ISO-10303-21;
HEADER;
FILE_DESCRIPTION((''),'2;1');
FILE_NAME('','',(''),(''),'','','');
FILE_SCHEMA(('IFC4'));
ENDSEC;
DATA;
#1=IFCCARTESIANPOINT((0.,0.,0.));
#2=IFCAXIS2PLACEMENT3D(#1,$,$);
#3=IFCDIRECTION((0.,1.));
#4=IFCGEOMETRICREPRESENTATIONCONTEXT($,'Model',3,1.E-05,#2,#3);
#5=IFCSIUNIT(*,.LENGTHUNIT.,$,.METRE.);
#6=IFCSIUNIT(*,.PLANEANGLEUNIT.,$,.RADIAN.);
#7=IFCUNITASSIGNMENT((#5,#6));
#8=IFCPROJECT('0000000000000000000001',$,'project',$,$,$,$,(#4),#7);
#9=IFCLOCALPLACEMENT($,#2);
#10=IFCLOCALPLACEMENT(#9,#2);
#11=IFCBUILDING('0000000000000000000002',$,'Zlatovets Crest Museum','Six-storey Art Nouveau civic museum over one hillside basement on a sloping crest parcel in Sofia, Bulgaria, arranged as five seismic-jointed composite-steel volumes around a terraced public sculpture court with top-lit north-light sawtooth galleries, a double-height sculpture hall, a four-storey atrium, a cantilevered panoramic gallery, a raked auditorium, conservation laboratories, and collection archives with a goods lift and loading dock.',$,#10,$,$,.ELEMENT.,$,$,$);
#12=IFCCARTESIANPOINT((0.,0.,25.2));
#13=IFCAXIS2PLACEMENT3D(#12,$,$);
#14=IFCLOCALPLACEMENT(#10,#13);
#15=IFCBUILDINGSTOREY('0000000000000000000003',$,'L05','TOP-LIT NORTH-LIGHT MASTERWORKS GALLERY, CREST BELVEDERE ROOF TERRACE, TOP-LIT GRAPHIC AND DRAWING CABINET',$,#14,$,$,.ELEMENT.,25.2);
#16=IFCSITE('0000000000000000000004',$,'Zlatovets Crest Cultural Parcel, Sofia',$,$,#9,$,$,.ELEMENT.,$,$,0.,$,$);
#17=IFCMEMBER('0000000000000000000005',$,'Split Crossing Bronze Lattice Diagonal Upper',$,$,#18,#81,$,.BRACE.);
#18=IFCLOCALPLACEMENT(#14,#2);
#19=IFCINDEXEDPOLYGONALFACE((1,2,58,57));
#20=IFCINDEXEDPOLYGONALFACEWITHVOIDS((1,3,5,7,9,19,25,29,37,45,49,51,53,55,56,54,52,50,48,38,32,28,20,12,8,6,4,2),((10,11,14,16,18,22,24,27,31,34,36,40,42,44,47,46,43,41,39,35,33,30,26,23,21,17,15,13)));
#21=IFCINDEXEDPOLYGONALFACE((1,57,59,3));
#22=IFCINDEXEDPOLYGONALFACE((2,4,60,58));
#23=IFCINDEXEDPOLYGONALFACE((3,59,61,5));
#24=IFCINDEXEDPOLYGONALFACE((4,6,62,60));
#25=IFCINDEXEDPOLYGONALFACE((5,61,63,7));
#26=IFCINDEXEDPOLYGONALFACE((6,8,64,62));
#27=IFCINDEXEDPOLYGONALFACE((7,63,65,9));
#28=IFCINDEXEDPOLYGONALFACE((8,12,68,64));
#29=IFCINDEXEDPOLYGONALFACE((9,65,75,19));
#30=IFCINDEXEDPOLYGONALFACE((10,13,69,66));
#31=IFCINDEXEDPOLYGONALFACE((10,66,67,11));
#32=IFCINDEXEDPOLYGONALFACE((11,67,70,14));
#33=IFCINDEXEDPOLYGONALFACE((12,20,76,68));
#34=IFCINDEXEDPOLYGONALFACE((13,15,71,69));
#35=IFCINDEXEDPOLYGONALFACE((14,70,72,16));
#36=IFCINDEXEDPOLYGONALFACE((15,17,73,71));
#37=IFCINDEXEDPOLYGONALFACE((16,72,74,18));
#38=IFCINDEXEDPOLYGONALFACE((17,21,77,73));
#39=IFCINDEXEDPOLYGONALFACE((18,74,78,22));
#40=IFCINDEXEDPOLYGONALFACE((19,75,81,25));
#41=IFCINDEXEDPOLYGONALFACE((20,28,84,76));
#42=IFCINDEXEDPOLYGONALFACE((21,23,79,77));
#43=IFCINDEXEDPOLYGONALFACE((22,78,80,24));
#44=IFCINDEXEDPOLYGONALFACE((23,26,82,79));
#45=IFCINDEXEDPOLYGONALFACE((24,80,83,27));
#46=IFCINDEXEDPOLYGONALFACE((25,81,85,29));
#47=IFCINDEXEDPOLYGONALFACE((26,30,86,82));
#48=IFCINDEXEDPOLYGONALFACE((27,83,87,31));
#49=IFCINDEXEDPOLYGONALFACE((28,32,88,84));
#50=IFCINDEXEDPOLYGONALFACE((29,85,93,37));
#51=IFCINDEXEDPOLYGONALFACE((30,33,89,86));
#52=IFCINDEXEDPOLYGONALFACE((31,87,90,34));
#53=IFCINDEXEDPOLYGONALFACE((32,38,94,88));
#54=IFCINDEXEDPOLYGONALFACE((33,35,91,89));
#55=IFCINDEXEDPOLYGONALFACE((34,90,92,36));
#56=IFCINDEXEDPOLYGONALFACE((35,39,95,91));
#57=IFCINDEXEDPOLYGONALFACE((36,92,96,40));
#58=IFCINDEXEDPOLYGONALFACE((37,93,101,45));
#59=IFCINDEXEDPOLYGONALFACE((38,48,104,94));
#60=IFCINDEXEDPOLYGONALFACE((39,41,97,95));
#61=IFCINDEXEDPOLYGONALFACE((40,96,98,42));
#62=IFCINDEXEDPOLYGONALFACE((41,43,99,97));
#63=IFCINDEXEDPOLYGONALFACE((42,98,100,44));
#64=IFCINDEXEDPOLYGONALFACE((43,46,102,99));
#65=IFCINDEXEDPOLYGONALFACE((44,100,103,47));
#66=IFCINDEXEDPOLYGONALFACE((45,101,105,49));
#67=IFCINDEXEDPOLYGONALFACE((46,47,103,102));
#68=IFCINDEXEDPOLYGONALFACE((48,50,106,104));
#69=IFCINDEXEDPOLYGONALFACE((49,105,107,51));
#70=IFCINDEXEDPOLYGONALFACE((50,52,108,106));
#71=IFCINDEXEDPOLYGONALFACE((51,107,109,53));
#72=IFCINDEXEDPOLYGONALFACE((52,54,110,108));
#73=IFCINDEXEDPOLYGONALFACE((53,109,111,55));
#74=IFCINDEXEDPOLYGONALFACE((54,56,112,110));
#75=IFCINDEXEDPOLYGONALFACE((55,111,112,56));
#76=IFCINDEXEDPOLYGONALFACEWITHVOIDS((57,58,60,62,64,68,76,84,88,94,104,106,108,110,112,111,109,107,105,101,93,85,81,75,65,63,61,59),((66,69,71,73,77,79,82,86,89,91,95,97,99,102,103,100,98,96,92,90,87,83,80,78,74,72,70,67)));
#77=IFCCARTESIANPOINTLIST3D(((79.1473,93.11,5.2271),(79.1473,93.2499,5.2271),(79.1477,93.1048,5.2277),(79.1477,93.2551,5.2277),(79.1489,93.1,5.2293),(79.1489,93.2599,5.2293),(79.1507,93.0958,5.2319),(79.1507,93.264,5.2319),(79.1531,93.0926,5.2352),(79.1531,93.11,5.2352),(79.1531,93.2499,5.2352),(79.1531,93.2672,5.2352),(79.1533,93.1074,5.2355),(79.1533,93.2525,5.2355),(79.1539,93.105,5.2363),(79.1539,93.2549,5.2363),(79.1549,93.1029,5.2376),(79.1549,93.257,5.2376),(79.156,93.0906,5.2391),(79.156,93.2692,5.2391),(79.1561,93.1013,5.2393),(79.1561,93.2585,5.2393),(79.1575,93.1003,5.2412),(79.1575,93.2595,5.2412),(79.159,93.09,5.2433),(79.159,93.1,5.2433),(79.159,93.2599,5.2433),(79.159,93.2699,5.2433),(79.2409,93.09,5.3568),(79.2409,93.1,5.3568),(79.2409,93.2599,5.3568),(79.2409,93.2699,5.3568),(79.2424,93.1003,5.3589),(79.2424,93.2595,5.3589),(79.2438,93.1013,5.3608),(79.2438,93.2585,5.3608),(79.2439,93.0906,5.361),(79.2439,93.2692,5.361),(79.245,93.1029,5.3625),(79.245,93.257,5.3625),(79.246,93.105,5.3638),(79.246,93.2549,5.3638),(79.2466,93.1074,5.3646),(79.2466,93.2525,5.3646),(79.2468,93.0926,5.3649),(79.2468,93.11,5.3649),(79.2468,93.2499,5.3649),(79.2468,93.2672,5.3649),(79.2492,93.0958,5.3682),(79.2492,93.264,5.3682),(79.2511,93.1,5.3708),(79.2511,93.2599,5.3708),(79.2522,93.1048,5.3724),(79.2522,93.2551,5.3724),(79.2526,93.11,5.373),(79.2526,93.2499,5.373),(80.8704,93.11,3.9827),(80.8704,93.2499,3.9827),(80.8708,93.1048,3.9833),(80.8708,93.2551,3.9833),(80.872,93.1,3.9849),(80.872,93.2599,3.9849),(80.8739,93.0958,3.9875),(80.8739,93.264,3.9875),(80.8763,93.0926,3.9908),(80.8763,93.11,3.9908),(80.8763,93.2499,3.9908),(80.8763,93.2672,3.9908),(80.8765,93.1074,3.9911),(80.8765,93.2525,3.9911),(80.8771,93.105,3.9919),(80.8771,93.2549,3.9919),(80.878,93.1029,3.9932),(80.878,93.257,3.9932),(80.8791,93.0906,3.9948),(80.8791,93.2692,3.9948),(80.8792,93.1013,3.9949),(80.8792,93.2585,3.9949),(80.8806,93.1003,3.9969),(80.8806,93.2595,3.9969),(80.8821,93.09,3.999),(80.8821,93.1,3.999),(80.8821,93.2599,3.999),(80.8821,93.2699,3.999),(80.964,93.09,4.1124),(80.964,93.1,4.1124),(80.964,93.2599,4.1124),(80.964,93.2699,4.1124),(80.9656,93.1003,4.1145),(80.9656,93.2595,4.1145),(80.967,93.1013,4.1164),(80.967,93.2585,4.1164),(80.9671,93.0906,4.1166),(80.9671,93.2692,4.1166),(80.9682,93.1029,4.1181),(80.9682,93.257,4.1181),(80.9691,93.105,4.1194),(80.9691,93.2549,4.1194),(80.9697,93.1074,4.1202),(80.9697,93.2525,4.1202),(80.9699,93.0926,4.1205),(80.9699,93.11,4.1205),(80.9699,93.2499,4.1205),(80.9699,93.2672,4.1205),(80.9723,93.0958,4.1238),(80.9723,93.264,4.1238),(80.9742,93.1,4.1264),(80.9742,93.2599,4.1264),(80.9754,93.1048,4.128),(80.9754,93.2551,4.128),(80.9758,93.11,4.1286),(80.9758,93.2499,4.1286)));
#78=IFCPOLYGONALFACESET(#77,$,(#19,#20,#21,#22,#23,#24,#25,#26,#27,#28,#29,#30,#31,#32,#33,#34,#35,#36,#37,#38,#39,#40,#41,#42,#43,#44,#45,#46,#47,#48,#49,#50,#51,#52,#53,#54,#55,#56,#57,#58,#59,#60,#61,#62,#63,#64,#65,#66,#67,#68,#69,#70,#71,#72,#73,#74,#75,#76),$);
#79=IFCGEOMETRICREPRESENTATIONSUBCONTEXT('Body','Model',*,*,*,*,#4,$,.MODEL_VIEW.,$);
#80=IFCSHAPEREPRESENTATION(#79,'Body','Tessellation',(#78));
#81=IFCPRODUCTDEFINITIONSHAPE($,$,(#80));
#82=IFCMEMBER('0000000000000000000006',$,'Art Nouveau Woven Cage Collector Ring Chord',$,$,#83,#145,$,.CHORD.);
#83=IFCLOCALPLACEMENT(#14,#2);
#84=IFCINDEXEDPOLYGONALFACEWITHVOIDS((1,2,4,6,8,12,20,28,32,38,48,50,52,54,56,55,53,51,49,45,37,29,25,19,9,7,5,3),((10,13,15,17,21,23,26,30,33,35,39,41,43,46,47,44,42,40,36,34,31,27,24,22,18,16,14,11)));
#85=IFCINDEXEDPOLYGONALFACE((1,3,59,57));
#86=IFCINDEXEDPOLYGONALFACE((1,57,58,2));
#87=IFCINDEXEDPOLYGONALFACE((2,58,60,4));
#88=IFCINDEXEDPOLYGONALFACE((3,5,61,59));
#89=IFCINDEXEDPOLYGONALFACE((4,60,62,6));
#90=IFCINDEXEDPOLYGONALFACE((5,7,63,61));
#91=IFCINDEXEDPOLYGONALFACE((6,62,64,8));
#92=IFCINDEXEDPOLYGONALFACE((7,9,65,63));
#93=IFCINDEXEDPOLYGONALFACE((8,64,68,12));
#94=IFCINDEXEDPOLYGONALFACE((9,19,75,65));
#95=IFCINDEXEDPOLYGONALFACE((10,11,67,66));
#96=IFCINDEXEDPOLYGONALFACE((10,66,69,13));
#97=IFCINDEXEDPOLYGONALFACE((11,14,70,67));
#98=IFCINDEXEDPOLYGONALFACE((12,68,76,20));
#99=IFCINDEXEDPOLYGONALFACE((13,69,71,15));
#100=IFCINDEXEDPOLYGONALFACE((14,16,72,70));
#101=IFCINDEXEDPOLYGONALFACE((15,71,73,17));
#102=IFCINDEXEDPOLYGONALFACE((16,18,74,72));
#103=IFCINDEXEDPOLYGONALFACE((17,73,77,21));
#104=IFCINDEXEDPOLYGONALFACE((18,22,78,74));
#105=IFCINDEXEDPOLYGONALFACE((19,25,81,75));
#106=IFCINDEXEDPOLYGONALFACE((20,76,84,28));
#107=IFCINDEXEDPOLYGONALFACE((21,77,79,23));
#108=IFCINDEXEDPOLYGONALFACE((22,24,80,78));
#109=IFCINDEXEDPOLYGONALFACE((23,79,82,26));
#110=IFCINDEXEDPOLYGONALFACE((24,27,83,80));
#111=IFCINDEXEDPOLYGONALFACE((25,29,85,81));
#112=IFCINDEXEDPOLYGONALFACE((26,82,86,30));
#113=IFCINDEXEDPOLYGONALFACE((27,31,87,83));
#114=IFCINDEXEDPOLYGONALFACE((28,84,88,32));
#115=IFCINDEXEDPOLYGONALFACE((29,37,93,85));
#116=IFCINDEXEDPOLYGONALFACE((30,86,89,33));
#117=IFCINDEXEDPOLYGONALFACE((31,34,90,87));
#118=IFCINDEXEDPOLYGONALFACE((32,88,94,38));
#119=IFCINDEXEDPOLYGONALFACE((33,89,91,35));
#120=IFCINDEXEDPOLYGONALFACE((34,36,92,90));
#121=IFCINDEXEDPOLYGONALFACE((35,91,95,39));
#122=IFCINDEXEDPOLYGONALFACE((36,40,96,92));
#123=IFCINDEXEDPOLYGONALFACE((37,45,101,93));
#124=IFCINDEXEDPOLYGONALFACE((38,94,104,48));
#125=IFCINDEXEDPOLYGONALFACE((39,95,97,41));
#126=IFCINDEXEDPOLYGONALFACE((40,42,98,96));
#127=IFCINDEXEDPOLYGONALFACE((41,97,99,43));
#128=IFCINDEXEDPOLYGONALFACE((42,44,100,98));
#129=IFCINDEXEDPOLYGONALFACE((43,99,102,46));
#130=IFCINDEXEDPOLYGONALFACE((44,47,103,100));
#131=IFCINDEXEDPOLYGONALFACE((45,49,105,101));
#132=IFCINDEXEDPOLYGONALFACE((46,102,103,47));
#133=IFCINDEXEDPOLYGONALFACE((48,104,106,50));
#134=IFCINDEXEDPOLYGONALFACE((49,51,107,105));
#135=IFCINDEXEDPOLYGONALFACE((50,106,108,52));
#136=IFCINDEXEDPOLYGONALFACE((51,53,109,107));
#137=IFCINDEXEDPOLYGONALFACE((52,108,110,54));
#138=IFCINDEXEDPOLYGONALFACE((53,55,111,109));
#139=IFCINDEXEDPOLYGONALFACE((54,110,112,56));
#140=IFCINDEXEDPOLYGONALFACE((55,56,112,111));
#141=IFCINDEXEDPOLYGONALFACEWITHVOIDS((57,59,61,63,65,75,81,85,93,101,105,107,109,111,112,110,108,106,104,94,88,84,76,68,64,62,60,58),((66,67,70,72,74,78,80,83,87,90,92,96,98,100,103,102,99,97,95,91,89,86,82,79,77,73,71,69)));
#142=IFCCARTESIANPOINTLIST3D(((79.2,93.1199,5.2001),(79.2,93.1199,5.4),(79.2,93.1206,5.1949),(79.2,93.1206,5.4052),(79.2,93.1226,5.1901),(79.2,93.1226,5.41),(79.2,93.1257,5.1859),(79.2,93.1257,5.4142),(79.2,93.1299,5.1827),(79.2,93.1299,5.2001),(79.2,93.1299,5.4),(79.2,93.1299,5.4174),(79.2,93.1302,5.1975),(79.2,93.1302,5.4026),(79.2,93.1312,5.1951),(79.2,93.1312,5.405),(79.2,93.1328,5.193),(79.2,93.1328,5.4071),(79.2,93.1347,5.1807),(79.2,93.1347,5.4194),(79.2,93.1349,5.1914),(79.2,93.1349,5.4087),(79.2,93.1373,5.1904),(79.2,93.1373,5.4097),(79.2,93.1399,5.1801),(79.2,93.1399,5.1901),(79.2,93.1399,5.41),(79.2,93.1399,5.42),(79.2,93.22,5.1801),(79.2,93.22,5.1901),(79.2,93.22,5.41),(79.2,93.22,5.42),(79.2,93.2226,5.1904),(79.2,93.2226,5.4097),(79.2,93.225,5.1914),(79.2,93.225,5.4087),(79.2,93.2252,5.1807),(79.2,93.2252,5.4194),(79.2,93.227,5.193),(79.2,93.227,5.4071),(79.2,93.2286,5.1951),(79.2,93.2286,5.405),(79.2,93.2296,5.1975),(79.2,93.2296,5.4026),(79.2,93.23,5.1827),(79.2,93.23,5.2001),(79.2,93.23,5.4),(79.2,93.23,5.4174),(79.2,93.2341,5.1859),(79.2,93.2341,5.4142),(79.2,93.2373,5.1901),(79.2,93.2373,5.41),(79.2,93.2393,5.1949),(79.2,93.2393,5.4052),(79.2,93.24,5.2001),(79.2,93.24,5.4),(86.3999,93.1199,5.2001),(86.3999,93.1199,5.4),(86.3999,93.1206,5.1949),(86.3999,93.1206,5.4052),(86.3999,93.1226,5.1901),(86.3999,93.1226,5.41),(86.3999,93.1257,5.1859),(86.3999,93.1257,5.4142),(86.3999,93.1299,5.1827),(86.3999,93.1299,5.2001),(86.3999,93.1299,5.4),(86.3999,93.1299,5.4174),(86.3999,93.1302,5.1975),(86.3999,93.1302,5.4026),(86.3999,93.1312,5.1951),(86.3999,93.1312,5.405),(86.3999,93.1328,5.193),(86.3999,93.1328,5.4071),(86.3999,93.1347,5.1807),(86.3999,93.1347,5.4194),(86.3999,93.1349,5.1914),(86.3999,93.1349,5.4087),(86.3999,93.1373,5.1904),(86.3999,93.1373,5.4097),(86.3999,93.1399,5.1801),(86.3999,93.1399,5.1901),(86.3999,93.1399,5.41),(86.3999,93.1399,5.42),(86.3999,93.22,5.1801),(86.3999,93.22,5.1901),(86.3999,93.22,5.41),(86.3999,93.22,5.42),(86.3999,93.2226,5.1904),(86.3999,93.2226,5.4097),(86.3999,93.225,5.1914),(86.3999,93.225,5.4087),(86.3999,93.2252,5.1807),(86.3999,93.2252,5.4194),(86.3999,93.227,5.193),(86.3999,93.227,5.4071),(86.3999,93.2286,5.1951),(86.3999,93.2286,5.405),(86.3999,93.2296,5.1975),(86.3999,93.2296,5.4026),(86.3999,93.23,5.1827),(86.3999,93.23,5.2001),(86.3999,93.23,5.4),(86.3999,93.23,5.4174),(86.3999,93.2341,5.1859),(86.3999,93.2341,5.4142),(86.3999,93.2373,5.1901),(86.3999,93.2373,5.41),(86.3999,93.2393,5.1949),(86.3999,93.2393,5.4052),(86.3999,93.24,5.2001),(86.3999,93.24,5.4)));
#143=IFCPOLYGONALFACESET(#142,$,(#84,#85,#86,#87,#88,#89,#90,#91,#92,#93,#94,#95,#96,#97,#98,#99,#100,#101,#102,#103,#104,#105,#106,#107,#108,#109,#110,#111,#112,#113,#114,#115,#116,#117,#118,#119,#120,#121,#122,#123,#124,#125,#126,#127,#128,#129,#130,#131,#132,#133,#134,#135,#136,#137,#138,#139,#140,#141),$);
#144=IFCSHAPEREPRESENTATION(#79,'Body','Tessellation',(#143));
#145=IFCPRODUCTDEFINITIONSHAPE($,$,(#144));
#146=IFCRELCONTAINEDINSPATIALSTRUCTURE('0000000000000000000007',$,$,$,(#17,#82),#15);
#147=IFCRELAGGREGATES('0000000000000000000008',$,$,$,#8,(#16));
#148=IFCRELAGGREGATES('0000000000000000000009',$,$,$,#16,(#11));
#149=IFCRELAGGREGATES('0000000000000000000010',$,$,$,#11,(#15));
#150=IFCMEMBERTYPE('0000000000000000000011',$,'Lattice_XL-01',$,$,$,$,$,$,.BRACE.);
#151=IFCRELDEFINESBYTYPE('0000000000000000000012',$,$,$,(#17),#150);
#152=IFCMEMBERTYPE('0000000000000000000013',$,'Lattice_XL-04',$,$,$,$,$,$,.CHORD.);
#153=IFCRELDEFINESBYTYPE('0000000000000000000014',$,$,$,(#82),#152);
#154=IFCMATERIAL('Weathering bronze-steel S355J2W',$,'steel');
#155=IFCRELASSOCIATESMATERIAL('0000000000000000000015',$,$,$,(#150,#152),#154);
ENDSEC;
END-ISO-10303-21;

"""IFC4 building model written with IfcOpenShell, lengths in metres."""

from ifc_helpers import new_model, si_unit, direction, frame, origin, origin_2d, place, context, subcontext, project, spatial, hollow_rectangle, extrude, material, material_profile, profile_set, type_object, element, save


model = new_model("IFC4")

# Units and contexts
model_context = context("Model", 3, precision=1e-05, world=origin(), true_north=direction((0.0, 1.0)))
body_context = subcontext(model_context, "Body", "Model", "MODEL_VIEW")
ifc_project = project(units=[si_unit("LENGTHUNIT", "METRE"), si_unit("PLANEANGLEUNIT", "RADIAN")], contexts=[model_context])

# Site, building, storey
site_placement = place(None, origin())
site = spatial("IfcSite", under=ifc_project, at=site_placement, Name="Zlatovets Crest Cultural Parcel, Sofia", CompositionType="ELEMENT", RefElevation=0.0)
building_placement = place(site_placement, origin())
building = spatial("IfcBuilding", under=site, at=building_placement, Name="Zlatovets Crest Museum", Description="Six-storey Art Nouveau civic museum over one hillside basement on a sloping crest parcel in Sofia, Bulgaria, arranged as five seismic-jointed composite-steel volumes around a terraced public sculpture court with top-lit north-light sawtooth galleries, a double-height sculpture hall, a four-storey atrium, a cantilevered panoramic gallery, a raked auditorium, conservation laboratories, and collection archives with a goods lift and loading dock.", CompositionType="ELEMENT")
storey_placement = place(building_placement, frame((0.0, 0.0, 25.2)))
storey = spatial("IfcBuildingStorey", under=building, at=storey_placement, Name="L05", Description="TOP-LIT NORTH-LIGHT MASTERWORKS GALLERY, CREST BELVEDERE ROOF TERRACE, TOP-LIT GRAPHIC AND DRAWING CABINET", CompositionType="ELEMENT", Elevation=25.2)

# Members
ifc_material_1 = material(Name="Weathering bronze-steel S355J2W", Category="steel")
ifc_material_profile_1 = material_profile(ifc_material_1, hollow_rectangle(XDim=0.1799, YDim=0.1799, WallThickness=0.01, InnerFilletRadius=0.01, OuterFilletRadius=0.02, at=origin_2d()), Name="SHS 180x180x10.0")
ifc_profile_set_1 = profile_set([ifc_material_profile_1], Name="Weathering bronze-steel S355J2W")
member_type_1 = type_object("IfcMemberType", Name="Lattice_XL-01", PredefinedType="BRACE", material=ifc_profile_set_1)
member_1_placement = place(storey_placement, frame((79.2, 93.1799, 5.3), z_axis=(0.810703, 0.0, -0.585457), x_axis=(0.0, 1.0, 0.0)))
element("IfcMember", 1, at=member_1_placement, inside=storey, type_object=member_type_1, Name="Split Crossing Bronze Lattice Diagonal Upper", PredefinedType="BRACE", context=body_context, shape_type="SweptSolid", body=[
    extrude(hollow_rectangle(XDim=0.1799, YDim=0.1799, WallThickness=0.01, InnerFilletRadius=0.01, OuterFilletRadius=0.02, at=origin_2d()), origin(), (0.0, 0.0, 1.0), 2.1255),
])
ifc_material_profile_2 = material_profile(ifc_material_1, hollow_rectangle(XDim=0.1201, YDim=0.24, WallThickness=0.01, InnerFilletRadius=0.01, OuterFilletRadius=0.02, at=origin_2d()), Name="RHS 120x240x10.0")
ifc_profile_set_2 = profile_set([ifc_material_profile_2], Name="Weathering bronze-steel S355J2W")
member_type_2 = type_object("IfcMemberType", Name="Lattice_XL-04", PredefinedType="CHORD", material=ifc_profile_set_2)
member_2_placement = place(storey_placement, frame((79.2, 93.1799, 5.3), z_axis=(1.0, 0.0, 0.0), x_axis=(0.0, 1.0, 0.0)))
element("IfcMember", 2, at=member_2_placement, inside=storey, type_object=member_type_2, Name="Art Nouveau Woven Cage Collector Ring Chord", PredefinedType="CHORD", context=body_context, shape_type="SweptSolid", body=[
    extrude(hollow_rectangle(XDim=0.1201, YDim=0.24, WallThickness=0.01, InnerFilletRadius=0.01, OuterFilletRadius=0.02, at=origin_2d()), origin(), (0.0, 0.0, 1.0), 7.2),
])

save(model, "model.ifc")
